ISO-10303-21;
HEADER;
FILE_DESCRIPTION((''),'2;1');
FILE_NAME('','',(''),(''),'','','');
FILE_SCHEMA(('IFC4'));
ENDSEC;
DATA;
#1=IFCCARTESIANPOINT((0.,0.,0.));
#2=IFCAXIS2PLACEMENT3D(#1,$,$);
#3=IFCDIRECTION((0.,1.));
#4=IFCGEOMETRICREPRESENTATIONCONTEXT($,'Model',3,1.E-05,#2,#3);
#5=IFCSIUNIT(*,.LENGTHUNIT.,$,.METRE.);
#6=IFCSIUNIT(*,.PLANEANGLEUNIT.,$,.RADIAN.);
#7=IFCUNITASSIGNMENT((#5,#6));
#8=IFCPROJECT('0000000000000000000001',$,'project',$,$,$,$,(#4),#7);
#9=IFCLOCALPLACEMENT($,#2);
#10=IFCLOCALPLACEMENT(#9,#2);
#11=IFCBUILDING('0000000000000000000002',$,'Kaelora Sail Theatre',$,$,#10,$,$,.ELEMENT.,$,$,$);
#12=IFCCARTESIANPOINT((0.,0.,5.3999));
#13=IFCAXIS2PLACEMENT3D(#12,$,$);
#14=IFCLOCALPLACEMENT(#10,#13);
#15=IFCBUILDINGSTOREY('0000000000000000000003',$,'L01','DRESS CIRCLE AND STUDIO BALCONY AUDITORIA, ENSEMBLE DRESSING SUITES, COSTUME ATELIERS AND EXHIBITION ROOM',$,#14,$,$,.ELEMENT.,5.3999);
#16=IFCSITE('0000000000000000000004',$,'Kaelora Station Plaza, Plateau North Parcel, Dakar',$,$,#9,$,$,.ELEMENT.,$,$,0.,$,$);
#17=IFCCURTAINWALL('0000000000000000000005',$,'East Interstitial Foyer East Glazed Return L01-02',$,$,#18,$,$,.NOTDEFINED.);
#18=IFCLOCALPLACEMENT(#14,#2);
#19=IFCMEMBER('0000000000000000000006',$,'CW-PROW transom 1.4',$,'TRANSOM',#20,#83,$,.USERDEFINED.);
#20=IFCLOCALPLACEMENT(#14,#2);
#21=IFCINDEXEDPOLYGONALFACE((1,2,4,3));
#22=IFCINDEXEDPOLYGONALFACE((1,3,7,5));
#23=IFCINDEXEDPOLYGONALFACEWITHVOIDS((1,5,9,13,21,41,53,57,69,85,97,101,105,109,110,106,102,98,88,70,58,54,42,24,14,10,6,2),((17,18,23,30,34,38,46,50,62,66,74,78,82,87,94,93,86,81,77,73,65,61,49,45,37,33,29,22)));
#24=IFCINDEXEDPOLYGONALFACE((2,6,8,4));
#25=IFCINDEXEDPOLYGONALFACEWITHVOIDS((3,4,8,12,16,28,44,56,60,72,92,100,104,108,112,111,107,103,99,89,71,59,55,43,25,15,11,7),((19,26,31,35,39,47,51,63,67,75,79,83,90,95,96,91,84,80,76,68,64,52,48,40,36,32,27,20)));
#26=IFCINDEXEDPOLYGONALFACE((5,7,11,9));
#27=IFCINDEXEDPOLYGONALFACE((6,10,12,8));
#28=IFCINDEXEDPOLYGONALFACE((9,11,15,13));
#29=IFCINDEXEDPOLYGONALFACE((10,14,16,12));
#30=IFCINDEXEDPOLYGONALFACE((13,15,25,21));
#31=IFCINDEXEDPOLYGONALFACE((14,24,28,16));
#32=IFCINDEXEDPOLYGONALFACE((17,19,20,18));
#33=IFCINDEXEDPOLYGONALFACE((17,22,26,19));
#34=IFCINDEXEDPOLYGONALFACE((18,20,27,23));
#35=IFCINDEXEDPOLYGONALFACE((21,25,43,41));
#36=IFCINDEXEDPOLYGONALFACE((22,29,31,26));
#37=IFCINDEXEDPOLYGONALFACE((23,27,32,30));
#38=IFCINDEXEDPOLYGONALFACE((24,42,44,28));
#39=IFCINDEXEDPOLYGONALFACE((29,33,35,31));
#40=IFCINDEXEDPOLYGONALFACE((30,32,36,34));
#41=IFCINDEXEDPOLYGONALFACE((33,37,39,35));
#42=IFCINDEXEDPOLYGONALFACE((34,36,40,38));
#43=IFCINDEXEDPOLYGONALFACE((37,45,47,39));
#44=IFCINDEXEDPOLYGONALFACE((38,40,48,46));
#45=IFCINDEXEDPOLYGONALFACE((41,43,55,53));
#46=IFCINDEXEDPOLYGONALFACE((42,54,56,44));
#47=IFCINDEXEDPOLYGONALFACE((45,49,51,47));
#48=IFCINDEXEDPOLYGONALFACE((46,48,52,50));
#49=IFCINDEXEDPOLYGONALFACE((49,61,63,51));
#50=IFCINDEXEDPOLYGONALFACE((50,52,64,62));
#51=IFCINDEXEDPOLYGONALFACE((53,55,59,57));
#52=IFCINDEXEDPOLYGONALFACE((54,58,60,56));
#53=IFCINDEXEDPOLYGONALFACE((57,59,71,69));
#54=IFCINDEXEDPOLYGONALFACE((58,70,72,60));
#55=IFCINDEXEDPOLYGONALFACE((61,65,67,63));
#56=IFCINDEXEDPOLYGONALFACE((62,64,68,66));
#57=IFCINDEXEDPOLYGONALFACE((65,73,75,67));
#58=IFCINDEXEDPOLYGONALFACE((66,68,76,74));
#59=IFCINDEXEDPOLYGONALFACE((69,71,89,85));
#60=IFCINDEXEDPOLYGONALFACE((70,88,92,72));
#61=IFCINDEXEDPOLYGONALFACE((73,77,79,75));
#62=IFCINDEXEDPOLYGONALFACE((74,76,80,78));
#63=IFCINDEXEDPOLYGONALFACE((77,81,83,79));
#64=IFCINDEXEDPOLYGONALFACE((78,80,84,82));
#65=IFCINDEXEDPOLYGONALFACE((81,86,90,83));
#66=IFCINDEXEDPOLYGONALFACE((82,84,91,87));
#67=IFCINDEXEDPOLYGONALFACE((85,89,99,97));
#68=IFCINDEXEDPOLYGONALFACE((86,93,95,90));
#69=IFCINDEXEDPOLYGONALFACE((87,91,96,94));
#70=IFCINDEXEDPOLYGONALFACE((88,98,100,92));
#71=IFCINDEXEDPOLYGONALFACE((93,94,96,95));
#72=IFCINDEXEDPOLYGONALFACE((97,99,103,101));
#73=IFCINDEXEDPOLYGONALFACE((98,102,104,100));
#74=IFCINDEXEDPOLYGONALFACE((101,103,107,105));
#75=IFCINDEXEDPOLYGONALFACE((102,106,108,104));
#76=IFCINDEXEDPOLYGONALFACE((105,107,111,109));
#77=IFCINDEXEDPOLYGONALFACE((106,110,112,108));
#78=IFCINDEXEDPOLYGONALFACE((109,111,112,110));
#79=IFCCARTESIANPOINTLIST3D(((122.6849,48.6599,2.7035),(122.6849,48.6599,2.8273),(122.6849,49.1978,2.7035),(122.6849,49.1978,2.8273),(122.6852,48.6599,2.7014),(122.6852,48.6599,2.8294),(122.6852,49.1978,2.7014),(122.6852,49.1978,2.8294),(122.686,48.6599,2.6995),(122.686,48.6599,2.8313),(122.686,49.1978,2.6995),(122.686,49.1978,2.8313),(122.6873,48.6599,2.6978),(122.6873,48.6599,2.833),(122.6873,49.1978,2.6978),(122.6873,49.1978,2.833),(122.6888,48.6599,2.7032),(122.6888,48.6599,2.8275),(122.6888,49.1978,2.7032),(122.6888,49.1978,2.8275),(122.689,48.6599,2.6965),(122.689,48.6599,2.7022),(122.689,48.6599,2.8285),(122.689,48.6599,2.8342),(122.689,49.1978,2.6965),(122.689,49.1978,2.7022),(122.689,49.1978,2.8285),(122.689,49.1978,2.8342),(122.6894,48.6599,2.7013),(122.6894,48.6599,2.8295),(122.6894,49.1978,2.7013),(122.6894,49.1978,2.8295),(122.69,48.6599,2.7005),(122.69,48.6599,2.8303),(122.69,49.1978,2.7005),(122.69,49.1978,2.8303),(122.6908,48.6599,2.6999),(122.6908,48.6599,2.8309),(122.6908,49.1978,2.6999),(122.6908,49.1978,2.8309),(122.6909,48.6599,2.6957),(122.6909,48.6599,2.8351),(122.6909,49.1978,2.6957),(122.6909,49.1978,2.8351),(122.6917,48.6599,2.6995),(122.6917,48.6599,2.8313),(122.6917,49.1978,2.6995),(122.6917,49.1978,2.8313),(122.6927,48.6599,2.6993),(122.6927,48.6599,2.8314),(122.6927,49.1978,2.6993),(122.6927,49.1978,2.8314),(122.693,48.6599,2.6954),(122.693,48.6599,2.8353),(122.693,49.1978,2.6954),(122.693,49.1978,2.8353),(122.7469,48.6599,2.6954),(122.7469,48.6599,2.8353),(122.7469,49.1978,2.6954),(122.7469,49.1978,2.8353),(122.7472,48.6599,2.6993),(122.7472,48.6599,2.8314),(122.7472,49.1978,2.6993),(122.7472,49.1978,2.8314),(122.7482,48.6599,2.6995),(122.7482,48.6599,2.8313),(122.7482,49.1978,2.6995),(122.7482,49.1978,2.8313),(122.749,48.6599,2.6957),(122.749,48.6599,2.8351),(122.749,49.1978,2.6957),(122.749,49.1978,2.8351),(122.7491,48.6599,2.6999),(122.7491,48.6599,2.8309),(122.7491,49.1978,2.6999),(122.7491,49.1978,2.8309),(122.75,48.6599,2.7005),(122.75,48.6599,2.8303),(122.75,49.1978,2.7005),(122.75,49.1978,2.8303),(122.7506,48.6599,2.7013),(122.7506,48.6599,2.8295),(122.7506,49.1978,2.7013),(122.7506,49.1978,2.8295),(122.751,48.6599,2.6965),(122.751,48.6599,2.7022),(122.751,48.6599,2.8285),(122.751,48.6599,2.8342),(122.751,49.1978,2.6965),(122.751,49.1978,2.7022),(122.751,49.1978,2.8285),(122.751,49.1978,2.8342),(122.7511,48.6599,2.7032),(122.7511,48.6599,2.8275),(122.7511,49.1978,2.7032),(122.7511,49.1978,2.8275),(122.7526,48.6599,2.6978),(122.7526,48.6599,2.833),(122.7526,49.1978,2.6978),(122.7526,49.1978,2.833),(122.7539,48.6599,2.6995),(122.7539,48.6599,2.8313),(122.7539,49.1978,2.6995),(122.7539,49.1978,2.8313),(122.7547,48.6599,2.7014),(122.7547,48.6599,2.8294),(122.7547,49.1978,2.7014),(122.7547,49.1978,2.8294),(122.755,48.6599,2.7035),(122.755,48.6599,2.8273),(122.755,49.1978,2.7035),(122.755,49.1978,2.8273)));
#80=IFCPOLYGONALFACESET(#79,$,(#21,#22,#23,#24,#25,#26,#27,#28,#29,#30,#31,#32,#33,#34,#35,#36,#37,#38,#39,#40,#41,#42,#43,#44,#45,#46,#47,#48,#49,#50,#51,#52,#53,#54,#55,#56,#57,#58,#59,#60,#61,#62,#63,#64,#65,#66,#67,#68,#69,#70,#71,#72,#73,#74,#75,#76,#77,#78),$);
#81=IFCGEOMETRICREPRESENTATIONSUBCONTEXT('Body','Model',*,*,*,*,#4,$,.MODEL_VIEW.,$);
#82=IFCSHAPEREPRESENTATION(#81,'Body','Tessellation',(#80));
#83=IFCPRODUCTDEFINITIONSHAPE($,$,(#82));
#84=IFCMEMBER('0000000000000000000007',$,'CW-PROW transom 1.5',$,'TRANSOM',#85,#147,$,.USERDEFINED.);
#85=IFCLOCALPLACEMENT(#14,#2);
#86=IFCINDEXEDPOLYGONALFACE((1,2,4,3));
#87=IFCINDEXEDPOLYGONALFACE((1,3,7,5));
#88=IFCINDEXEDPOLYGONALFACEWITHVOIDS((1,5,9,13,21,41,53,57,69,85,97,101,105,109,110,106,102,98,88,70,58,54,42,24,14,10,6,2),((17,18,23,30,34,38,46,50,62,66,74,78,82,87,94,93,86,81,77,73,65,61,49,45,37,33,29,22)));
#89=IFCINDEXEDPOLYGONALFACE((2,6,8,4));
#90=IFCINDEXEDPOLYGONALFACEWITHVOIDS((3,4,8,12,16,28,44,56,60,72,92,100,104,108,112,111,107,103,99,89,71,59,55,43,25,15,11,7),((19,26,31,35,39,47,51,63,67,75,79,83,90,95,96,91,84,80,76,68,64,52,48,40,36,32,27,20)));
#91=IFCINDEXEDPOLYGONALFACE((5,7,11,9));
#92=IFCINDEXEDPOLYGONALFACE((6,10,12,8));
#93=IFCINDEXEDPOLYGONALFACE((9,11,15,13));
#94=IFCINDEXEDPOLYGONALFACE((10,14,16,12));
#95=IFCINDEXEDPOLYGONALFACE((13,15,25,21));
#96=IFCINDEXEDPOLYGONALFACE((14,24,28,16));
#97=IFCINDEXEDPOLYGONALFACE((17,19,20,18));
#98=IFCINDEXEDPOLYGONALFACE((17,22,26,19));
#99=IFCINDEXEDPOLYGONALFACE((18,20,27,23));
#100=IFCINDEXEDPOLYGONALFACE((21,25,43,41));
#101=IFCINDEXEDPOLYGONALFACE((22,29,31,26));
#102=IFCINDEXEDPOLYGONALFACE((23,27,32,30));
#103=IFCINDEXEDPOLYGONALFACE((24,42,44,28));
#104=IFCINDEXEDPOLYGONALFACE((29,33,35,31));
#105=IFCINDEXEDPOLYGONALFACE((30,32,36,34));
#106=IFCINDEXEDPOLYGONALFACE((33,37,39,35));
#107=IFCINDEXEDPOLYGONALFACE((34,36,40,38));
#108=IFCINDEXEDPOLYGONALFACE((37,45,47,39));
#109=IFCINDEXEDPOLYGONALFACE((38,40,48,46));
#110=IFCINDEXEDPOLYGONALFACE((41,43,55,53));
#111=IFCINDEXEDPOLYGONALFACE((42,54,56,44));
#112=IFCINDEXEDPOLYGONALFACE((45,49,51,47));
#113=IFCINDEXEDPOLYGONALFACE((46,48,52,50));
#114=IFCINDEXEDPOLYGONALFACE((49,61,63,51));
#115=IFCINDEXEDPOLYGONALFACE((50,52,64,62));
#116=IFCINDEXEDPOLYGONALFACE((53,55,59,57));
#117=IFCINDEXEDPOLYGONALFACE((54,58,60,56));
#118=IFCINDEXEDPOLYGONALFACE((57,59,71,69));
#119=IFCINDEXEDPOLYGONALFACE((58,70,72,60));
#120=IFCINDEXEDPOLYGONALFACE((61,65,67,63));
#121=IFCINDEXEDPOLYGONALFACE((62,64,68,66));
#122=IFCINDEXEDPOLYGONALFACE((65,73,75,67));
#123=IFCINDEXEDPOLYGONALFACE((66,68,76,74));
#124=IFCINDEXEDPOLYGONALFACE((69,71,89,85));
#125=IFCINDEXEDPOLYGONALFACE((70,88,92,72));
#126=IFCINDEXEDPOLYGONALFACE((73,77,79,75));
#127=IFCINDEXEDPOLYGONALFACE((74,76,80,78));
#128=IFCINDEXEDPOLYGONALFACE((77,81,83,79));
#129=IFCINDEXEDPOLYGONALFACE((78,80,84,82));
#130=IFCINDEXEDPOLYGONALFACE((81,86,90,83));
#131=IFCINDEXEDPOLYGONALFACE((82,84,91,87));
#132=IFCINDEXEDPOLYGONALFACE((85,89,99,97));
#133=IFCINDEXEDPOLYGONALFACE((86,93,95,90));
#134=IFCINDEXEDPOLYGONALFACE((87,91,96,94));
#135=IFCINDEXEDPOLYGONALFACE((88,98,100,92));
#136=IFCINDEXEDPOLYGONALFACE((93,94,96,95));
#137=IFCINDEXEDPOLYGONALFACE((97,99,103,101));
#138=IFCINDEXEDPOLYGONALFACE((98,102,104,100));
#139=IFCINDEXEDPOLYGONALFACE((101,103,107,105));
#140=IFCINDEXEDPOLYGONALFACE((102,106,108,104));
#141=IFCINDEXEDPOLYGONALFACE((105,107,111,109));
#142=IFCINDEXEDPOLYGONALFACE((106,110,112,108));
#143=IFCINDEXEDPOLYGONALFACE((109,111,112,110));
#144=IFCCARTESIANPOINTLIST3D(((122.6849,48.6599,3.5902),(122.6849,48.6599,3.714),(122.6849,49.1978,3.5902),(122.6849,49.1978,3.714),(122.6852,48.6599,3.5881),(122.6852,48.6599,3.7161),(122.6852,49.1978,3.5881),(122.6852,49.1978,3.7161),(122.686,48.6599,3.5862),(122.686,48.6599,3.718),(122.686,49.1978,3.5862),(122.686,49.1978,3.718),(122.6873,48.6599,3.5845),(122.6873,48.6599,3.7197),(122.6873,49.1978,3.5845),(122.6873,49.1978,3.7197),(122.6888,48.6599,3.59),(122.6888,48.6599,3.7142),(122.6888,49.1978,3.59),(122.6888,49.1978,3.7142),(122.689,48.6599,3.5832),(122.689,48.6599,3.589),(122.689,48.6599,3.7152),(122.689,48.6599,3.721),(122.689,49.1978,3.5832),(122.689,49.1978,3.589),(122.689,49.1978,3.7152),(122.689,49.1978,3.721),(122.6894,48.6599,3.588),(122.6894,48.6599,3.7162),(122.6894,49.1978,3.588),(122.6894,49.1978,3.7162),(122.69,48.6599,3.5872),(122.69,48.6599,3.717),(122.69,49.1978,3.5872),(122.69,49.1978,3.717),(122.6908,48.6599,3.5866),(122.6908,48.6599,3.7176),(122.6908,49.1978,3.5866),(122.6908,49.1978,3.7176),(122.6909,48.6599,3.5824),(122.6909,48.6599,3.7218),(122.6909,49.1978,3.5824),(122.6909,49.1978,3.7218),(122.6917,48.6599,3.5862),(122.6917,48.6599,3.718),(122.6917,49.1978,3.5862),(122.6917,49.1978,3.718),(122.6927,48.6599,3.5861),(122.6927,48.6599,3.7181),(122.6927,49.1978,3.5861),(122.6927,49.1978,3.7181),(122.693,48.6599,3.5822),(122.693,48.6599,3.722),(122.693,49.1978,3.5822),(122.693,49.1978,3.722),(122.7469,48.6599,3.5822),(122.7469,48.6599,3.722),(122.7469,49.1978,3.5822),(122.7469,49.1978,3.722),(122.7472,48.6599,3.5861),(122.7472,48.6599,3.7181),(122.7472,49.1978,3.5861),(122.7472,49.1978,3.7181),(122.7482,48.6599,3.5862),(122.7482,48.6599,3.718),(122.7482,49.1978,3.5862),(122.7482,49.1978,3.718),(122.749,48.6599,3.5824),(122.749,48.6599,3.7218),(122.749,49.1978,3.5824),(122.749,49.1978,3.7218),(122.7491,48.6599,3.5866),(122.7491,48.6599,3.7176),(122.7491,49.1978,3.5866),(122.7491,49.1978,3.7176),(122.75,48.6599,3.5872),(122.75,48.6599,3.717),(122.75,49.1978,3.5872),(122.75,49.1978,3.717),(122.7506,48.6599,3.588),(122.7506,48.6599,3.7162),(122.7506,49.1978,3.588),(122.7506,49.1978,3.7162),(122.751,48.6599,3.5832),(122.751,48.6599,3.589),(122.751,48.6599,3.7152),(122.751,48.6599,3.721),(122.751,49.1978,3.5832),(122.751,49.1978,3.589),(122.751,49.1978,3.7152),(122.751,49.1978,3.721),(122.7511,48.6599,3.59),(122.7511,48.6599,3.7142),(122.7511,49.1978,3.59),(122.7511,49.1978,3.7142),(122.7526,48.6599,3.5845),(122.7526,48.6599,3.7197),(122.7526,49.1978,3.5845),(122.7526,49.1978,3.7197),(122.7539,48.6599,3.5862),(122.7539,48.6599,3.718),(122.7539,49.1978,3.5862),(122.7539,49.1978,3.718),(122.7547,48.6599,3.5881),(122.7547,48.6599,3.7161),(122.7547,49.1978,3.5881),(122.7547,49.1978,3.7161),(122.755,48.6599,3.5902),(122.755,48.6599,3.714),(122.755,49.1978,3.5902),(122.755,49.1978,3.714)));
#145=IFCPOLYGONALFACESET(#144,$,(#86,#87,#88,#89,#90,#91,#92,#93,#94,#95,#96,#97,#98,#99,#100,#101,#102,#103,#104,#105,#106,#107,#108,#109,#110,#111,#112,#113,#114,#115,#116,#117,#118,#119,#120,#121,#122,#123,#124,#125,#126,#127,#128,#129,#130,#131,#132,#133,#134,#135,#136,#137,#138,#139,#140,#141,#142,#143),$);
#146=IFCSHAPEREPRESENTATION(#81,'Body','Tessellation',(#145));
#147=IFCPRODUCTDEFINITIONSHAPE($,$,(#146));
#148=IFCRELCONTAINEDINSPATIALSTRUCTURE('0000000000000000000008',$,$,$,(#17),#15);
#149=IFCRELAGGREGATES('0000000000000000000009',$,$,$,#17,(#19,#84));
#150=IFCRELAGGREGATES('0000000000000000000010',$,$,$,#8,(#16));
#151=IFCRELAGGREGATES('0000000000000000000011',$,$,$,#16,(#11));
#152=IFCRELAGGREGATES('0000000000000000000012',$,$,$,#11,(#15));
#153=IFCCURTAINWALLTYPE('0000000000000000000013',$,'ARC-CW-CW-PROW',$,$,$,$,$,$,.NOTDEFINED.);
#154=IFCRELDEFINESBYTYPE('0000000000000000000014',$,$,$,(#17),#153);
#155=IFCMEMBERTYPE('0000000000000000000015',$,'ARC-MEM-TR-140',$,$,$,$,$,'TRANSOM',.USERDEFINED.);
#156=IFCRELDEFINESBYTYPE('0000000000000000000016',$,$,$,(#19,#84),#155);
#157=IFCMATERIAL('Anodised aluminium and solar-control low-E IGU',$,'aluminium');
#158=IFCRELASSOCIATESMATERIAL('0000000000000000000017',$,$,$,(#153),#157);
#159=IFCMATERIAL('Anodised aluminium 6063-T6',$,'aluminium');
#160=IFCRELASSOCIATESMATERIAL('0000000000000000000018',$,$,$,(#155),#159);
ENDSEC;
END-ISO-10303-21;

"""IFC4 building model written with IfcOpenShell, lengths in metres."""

from ifc_helpers import new_model, si_unit, direction, frame, origin, origin_2d, place, context, subcontext, project, spatial, hollow_rectangle, extrude, material, material_profile, profile_set, type_object, element, aggregate, save


model = new_model("IFC4")

# Units and contexts
model_context = context("Model", 3, precision=1e-05, world=origin(), true_north=direction((0.0, 1.0)))
body_context = subcontext(model_context, "Body", "Model", "MODEL_VIEW")
ifc_project = project(units=[si_unit("LENGTHUNIT", "METRE"), si_unit("PLANEANGLEUNIT", "RADIAN")], contexts=[model_context])

# Site, building, storey
site_placement = place(None, origin())
site = spatial("IfcSite", under=ifc_project, at=site_placement, Name="Kaelora Station Plaza, Plateau North Parcel, Dakar", CompositionType="ELEMENT", RefElevation=0.0)
building_placement = place(site_placement, origin())
building = spatial("IfcBuilding", under=site, at=building_placement, Name="Kaelora Sail Theatre", CompositionType="ELEMENT")
storey_placement = place(building_placement, frame((0.0, 0.0, 5.3999)))
storey = spatial("IfcBuildingStorey", under=building, at=storey_placement, Name="L01", Description="DRESS CIRCLE AND STUDIO BALCONY AUDITORIA, ENSEMBLE DRESSING SUITES, COSTUME ATELIERS AND EXHIBITION ROOM", CompositionType="ELEMENT", Elevation=5.3999)

# Curtain wall, members
ifc_material_1 = material(Name="Anodised aluminium and solar-control low-E IGU", Category="aluminium")
curtain_wall_type = type_object("IfcCurtainWallType", Name="ARC-CW-CW-PROW", PredefinedType="NOTDEFINED", material=ifc_material_1)
ifc_material_2 = material(Name="Anodised aluminium 6063-T6", Category="aluminium")
ifc_material_profile_1 = material_profile(ifc_material_2, hollow_rectangle(XDim=0.0701, YDim=0.1399, WallThickness=0.0039, InnerFilletRadius=0.0039, OuterFilletRadius=0.0081, at=origin_2d()), Name="ALU-TRAN 70x140x4")
ifc_profile_set_1 = profile_set([ifc_material_profile_1], Name="Anodised aluminium 6063-T6")
member_type_1 = type_object("IfcMemberType", Name="ARC-MEM-TR-140", ElementType="TRANSOM", PredefinedType="USERDEFINED", material=ifc_profile_set_1)
curtain_wall_1_placement = place(storey_placement, origin())
curtain_wall_1 = element("IfcCurtainWall", 1, at=curtain_wall_1_placement, inside=storey, type_object=curtain_wall_type, Name="East Interstitial Foyer East Glazed Return L01-02", PredefinedType="NOTDEFINED")
member_1_placement = place(storey_placement, frame((122.72, 48.6599, 2.7654), z_axis=(0.0, 1.0, 0.0), x_axis=(-1.0, 0.0, 0.0)))
member_1 = element("IfcMember", 2, at=member_1_placement, type_object=member_type_1, Name="CW-PROW transom 1.4", ObjectType="TRANSOM", PredefinedType="USERDEFINED", context=body_context, shape_type="SweptSolid", body=[
    extrude(hollow_rectangle(XDim=0.0701, YDim=0.1399, WallThickness=0.0039, InnerFilletRadius=0.0039, OuterFilletRadius=0.0081, at=origin_2d()), origin(), (0.0, 0.0, 1.0), 0.5378),
])
member_2_placement = place(storey_placement, frame((122.72, 48.6599, 3.6521), z_axis=(0.0, 1.0, 0.0), x_axis=(-1.0, 0.0, 0.0)))
member_2 = element("IfcMember", 3, at=member_2_placement, type_object=member_type_1, Name="CW-PROW transom 1.5", ObjectType="TRANSOM", PredefinedType="USERDEFINED", context=body_context, shape_type="SweptSolid", body=[
    extrude(hollow_rectangle(XDim=0.0701, YDim=0.1399, WallThickness=0.0039, InnerFilletRadius=0.0039, OuterFilletRadius=0.0081, at=origin_2d()), origin(), (0.0, 0.0, 1.0), 0.5378),
])

aggregate(curtain_wall_1, [member_1, member_2])

save(model, "model.ifc")
